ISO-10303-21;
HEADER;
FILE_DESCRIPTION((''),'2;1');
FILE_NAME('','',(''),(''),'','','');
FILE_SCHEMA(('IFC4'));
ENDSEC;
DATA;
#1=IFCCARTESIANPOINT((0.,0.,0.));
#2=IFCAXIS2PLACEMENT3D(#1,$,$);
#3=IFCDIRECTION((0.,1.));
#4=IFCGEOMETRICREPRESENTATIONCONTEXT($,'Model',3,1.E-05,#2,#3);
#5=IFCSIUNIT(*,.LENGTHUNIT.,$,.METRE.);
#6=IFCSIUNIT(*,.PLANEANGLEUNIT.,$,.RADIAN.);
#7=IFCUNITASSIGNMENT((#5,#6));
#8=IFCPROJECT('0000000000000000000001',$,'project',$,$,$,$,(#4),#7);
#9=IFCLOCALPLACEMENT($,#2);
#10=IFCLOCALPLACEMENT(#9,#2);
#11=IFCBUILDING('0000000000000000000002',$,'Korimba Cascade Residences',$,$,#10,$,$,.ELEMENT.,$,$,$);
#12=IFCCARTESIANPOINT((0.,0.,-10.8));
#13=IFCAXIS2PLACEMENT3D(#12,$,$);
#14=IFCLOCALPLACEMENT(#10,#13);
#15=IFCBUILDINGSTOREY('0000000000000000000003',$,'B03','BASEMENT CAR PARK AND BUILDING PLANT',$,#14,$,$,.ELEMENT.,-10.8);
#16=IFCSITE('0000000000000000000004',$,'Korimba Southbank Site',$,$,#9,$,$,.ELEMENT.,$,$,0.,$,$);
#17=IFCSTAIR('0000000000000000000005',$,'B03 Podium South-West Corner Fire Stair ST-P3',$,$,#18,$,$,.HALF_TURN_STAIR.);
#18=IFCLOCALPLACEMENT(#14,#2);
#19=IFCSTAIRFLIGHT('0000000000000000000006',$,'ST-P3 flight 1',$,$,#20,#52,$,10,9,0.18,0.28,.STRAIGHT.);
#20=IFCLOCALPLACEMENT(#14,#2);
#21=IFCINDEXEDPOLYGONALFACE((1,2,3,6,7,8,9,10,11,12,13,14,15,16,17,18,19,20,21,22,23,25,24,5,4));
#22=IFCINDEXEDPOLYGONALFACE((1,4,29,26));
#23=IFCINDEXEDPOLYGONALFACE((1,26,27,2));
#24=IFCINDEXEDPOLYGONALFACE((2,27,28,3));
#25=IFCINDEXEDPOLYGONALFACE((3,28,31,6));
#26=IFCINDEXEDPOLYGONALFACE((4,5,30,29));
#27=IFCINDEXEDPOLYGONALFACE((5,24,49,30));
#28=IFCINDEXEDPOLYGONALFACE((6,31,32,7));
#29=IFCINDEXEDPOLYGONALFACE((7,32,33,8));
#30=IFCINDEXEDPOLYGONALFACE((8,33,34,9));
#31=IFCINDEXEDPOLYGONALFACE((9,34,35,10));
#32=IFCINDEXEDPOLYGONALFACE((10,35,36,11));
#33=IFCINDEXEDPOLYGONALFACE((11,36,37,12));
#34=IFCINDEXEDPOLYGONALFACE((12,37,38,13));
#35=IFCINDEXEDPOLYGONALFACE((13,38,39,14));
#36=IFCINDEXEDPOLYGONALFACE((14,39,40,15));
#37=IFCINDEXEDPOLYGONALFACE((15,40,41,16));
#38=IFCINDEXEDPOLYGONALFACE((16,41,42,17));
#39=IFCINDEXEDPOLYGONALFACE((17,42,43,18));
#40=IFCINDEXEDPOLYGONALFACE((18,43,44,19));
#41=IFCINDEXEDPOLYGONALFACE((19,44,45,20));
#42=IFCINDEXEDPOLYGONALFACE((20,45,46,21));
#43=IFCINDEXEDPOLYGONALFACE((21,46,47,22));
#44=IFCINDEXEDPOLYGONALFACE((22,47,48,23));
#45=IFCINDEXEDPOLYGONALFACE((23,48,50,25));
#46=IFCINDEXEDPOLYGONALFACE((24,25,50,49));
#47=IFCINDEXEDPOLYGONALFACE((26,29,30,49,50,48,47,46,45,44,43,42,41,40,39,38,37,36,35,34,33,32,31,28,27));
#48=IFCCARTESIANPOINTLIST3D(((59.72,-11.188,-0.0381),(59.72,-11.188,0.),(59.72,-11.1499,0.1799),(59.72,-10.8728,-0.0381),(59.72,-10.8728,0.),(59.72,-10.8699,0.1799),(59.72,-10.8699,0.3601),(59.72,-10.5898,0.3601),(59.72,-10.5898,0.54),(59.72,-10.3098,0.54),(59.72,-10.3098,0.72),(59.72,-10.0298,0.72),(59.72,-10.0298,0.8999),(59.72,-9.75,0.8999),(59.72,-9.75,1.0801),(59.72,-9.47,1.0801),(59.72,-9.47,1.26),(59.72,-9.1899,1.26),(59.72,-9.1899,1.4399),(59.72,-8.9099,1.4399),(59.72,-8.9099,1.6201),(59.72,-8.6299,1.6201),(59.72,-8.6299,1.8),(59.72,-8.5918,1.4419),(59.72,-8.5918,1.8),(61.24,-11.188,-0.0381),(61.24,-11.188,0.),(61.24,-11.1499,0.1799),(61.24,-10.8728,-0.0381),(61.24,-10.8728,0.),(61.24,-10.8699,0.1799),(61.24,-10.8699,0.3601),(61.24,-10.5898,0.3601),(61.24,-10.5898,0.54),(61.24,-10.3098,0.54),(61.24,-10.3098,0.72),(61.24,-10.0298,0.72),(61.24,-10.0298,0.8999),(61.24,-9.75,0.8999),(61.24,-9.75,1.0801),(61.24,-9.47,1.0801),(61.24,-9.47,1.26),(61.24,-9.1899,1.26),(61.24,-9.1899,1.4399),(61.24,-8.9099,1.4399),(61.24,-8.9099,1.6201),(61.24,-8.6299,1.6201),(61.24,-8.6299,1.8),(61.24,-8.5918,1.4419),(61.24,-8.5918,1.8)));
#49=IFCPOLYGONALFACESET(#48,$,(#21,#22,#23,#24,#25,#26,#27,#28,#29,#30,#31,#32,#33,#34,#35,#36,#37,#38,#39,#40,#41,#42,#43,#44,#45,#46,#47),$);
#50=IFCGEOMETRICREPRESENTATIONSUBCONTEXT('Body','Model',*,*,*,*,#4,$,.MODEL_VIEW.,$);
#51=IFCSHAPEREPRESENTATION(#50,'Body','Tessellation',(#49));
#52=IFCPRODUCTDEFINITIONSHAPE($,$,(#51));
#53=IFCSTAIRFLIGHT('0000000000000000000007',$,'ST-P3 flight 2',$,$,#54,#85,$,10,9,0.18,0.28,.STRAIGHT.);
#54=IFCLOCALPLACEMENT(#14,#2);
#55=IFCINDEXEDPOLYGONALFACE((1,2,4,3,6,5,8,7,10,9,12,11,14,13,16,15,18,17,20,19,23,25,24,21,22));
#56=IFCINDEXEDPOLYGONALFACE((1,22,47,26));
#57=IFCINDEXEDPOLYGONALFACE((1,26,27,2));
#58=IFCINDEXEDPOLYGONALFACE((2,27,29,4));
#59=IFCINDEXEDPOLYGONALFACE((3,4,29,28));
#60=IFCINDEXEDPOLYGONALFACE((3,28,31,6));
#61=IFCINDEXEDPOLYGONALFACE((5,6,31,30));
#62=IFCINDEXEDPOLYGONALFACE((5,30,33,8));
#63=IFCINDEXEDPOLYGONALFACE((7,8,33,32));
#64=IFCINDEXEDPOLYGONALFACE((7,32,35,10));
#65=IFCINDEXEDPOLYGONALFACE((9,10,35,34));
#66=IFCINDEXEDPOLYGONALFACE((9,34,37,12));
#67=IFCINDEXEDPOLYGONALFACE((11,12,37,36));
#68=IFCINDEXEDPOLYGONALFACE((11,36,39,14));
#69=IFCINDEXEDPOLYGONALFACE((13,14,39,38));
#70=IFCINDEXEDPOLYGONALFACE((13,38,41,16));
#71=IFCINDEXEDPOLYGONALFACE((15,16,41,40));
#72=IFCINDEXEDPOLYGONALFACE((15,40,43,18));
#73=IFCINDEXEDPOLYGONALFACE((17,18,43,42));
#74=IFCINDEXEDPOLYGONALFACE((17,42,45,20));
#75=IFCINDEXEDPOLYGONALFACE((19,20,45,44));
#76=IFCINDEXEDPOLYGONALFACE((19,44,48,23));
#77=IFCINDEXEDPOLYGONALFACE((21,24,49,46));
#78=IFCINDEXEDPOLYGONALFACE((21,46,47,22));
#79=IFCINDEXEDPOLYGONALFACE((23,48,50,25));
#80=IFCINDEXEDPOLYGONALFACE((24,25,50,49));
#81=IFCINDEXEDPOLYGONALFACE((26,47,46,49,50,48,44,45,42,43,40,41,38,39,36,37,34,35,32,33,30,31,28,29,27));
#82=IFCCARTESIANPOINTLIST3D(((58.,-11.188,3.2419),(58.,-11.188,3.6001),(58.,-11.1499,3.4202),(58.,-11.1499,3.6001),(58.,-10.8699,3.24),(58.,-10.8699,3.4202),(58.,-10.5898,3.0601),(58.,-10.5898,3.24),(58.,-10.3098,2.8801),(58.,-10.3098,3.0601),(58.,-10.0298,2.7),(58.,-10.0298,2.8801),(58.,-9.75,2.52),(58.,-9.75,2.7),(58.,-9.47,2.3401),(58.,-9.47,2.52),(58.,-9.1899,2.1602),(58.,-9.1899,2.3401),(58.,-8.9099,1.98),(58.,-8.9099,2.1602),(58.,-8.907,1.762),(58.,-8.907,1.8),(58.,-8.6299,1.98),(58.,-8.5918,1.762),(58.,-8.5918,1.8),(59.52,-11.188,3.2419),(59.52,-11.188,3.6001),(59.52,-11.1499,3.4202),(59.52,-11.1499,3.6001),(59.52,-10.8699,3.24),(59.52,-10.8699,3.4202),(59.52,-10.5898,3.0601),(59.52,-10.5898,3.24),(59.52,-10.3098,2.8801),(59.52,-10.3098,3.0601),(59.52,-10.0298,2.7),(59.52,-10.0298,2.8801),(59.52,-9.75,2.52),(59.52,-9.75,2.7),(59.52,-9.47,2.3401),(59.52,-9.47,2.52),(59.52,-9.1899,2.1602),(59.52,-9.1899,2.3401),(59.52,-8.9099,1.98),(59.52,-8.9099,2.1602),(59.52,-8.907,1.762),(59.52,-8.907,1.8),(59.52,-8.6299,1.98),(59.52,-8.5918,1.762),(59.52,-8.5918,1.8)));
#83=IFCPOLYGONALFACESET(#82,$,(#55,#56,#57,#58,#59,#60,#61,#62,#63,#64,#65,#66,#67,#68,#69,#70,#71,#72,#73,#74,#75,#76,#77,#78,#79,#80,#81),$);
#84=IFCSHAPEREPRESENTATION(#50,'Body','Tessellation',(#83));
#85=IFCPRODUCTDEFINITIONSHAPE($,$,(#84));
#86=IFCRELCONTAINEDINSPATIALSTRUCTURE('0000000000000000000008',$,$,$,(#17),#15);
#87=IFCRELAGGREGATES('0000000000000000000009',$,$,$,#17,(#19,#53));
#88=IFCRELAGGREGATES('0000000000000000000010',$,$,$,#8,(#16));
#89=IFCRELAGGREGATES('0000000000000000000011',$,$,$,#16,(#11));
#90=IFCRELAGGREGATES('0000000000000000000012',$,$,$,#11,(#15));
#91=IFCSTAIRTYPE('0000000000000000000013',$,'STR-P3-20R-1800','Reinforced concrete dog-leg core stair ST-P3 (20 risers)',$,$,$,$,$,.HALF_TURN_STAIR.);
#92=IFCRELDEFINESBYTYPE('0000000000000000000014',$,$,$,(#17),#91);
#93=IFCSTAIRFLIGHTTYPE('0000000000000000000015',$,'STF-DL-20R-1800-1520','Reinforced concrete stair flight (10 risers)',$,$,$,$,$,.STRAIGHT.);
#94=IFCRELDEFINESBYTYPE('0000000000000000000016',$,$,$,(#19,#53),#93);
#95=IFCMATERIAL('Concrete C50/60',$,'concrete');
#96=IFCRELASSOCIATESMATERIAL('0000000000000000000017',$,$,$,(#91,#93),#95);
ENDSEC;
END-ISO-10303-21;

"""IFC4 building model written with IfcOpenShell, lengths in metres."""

from ifc_helpers import new_model, si_unit, direction, frame, origin, place, context, subcontext, project, spatial, polyline, outline, extrude, material, type_object, element, aggregate, save


model = new_model("IFC4")

# Units and contexts
model_context = context("Model", 3, precision=1e-05, world=origin(), true_north=direction((0.0, 1.0)))
body_context = subcontext(model_context, "Body", "Model", "MODEL_VIEW")
ifc_project = project(units=[si_unit("LENGTHUNIT", "METRE"), si_unit("PLANEANGLEUNIT", "RADIAN")], contexts=[model_context])

# Site, building, storey
site_placement = place(None, origin())
site = spatial("IfcSite", under=ifc_project, at=site_placement, Name="Korimba Southbank Site", CompositionType="ELEMENT", RefElevation=0.0)
building_placement = place(site_placement, origin())
building = spatial("IfcBuilding", under=site, at=building_placement, Name="Korimba Cascade Residences", CompositionType="ELEMENT")
storey_placement = place(building_placement, frame((0.0, 0.0, -10.8)))
storey = spatial("IfcBuildingStorey", under=building, at=storey_placement, Name="B03", Description="BASEMENT CAR PARK AND BUILDING PLANT", CompositionType="ELEMENT", Elevation=-10.8)

# Shared definitions
ifc_material_1 = material(Name="Concrete C50/60", Category="concrete")

# Stair, stair flights
stair_type_1 = type_object("IfcStairType", Name="STR-P3-20R-1800", Description="Reinforced concrete dog-leg core stair ST-P3 (20 risers)", PredefinedType="HALF_TURN_STAIR", material=ifc_material_1)
stair_1_placement = place(storey_placement, origin())
stair_1 = element("IfcStair", 1, at=stair_1_placement, inside=storey, type_object=stair_type_1, Name="B03 Podium South-West Corner Fire Stair ST-P3", PredefinedType="HALF_TURN_STAIR")
stair_flight_type = type_object("IfcStairFlightType", Name="STF-DL-20R-1800-1520", Description="Reinforced concrete stair flight (10 risers)", PredefinedType="STRAIGHT", material=ifc_material_1)
stair_flight_1_placement = place(storey_placement, frame((60.48, -11.1499, 0.0), z_axis=(0.0, 0.0, 1.0), x_axis=(0.0, 1.0, 0.0)))
stair_flight_1 = element("IfcStairFlight", 2, at=stair_flight_1_placement, type_object=stair_flight_type, Name="ST-P3 flight 1", NumberOfRisers=10, NumberOfTreads=9, PredefinedType="STRAIGHT", RiserHeight=0.18, TreadLength=0.28, context=body_context, shape_type="SweptSolid", body=[
    extrude(outline(polyline([(-0.0381, 0.0), (0.0, 0.1799), (0.28, 0.1799), (0.28, 0.3601), (0.5601, 0.3601), (0.5601, 0.54), (0.8401, 0.54), (0.8401, 0.72), (1.1201, 0.72), (1.1201, 0.8999), (1.3999, 0.8999), (1.3999, 1.0801), (1.6799, 1.0801), (1.6799, 1.26), (1.96, 1.26), (1.96, 1.4399), (2.24, 1.4399), (2.24, 1.6201), (2.52, 1.6201), (2.52, 1.8), (2.5581, 1.8), (2.5581, 1.4419), (0.2771, 0.0), (0.2771, -0.0381), (-0.0381, -0.0381), (-0.0381, 0.0)])), frame((0.0, 0.76, 0.0), z_axis=(0.0, -1.0, 0.0), x_axis=(1.0, 0.0, 0.0)), (0.0, 0.0, 1.0), 1.52),
])
stair_flight_2_placement = place(storey_placement, frame((58.76, -8.6299, 1.8), z_axis=(0.0, 0.0, 1.0), x_axis=(0.0, -1.0, 0.0)))
stair_flight_2 = element("IfcStairFlight", 3, at=stair_flight_2_placement, type_object=stair_flight_type, Name="ST-P3 flight 2", NumberOfRisers=10, NumberOfTreads=9, PredefinedType="STRAIGHT", RiserHeight=0.18, TreadLength=0.28, context=body_context, shape_type="SweptSolid", body=[
    extrude(outline(polyline([(-0.0381, 0.0), (0.0, 0.1799), (0.28, 0.1799), (0.28, 0.3601), (0.5601, 0.3601), (0.5601, 0.54), (0.8401, 0.54), (0.8401, 0.72), (1.1201, 0.72), (1.1201, 0.8999), (1.3999, 0.8999), (1.3999, 1.0801), (1.6799, 1.0801), (1.6799, 1.26), (1.96, 1.26), (1.96, 1.4399), (2.24, 1.4399), (2.24, 1.6201), (2.52, 1.6201), (2.52, 1.8), (2.5581, 1.8), (2.5581, 1.4419), (0.2771, 0.0), (0.2771, -0.0381), (-0.0381, -0.0381), (-0.0381, 0.0)])), frame((0.0, 0.76, 0.0), z_axis=(0.0, -1.0, 0.0), x_axis=(1.0, 0.0, 0.0)), (0.0, 0.0, 1.0), 1.52),
])
aggregate(stair_1, [stair_flight_1, stair_flight_2])

save(model, "model.ifc")
